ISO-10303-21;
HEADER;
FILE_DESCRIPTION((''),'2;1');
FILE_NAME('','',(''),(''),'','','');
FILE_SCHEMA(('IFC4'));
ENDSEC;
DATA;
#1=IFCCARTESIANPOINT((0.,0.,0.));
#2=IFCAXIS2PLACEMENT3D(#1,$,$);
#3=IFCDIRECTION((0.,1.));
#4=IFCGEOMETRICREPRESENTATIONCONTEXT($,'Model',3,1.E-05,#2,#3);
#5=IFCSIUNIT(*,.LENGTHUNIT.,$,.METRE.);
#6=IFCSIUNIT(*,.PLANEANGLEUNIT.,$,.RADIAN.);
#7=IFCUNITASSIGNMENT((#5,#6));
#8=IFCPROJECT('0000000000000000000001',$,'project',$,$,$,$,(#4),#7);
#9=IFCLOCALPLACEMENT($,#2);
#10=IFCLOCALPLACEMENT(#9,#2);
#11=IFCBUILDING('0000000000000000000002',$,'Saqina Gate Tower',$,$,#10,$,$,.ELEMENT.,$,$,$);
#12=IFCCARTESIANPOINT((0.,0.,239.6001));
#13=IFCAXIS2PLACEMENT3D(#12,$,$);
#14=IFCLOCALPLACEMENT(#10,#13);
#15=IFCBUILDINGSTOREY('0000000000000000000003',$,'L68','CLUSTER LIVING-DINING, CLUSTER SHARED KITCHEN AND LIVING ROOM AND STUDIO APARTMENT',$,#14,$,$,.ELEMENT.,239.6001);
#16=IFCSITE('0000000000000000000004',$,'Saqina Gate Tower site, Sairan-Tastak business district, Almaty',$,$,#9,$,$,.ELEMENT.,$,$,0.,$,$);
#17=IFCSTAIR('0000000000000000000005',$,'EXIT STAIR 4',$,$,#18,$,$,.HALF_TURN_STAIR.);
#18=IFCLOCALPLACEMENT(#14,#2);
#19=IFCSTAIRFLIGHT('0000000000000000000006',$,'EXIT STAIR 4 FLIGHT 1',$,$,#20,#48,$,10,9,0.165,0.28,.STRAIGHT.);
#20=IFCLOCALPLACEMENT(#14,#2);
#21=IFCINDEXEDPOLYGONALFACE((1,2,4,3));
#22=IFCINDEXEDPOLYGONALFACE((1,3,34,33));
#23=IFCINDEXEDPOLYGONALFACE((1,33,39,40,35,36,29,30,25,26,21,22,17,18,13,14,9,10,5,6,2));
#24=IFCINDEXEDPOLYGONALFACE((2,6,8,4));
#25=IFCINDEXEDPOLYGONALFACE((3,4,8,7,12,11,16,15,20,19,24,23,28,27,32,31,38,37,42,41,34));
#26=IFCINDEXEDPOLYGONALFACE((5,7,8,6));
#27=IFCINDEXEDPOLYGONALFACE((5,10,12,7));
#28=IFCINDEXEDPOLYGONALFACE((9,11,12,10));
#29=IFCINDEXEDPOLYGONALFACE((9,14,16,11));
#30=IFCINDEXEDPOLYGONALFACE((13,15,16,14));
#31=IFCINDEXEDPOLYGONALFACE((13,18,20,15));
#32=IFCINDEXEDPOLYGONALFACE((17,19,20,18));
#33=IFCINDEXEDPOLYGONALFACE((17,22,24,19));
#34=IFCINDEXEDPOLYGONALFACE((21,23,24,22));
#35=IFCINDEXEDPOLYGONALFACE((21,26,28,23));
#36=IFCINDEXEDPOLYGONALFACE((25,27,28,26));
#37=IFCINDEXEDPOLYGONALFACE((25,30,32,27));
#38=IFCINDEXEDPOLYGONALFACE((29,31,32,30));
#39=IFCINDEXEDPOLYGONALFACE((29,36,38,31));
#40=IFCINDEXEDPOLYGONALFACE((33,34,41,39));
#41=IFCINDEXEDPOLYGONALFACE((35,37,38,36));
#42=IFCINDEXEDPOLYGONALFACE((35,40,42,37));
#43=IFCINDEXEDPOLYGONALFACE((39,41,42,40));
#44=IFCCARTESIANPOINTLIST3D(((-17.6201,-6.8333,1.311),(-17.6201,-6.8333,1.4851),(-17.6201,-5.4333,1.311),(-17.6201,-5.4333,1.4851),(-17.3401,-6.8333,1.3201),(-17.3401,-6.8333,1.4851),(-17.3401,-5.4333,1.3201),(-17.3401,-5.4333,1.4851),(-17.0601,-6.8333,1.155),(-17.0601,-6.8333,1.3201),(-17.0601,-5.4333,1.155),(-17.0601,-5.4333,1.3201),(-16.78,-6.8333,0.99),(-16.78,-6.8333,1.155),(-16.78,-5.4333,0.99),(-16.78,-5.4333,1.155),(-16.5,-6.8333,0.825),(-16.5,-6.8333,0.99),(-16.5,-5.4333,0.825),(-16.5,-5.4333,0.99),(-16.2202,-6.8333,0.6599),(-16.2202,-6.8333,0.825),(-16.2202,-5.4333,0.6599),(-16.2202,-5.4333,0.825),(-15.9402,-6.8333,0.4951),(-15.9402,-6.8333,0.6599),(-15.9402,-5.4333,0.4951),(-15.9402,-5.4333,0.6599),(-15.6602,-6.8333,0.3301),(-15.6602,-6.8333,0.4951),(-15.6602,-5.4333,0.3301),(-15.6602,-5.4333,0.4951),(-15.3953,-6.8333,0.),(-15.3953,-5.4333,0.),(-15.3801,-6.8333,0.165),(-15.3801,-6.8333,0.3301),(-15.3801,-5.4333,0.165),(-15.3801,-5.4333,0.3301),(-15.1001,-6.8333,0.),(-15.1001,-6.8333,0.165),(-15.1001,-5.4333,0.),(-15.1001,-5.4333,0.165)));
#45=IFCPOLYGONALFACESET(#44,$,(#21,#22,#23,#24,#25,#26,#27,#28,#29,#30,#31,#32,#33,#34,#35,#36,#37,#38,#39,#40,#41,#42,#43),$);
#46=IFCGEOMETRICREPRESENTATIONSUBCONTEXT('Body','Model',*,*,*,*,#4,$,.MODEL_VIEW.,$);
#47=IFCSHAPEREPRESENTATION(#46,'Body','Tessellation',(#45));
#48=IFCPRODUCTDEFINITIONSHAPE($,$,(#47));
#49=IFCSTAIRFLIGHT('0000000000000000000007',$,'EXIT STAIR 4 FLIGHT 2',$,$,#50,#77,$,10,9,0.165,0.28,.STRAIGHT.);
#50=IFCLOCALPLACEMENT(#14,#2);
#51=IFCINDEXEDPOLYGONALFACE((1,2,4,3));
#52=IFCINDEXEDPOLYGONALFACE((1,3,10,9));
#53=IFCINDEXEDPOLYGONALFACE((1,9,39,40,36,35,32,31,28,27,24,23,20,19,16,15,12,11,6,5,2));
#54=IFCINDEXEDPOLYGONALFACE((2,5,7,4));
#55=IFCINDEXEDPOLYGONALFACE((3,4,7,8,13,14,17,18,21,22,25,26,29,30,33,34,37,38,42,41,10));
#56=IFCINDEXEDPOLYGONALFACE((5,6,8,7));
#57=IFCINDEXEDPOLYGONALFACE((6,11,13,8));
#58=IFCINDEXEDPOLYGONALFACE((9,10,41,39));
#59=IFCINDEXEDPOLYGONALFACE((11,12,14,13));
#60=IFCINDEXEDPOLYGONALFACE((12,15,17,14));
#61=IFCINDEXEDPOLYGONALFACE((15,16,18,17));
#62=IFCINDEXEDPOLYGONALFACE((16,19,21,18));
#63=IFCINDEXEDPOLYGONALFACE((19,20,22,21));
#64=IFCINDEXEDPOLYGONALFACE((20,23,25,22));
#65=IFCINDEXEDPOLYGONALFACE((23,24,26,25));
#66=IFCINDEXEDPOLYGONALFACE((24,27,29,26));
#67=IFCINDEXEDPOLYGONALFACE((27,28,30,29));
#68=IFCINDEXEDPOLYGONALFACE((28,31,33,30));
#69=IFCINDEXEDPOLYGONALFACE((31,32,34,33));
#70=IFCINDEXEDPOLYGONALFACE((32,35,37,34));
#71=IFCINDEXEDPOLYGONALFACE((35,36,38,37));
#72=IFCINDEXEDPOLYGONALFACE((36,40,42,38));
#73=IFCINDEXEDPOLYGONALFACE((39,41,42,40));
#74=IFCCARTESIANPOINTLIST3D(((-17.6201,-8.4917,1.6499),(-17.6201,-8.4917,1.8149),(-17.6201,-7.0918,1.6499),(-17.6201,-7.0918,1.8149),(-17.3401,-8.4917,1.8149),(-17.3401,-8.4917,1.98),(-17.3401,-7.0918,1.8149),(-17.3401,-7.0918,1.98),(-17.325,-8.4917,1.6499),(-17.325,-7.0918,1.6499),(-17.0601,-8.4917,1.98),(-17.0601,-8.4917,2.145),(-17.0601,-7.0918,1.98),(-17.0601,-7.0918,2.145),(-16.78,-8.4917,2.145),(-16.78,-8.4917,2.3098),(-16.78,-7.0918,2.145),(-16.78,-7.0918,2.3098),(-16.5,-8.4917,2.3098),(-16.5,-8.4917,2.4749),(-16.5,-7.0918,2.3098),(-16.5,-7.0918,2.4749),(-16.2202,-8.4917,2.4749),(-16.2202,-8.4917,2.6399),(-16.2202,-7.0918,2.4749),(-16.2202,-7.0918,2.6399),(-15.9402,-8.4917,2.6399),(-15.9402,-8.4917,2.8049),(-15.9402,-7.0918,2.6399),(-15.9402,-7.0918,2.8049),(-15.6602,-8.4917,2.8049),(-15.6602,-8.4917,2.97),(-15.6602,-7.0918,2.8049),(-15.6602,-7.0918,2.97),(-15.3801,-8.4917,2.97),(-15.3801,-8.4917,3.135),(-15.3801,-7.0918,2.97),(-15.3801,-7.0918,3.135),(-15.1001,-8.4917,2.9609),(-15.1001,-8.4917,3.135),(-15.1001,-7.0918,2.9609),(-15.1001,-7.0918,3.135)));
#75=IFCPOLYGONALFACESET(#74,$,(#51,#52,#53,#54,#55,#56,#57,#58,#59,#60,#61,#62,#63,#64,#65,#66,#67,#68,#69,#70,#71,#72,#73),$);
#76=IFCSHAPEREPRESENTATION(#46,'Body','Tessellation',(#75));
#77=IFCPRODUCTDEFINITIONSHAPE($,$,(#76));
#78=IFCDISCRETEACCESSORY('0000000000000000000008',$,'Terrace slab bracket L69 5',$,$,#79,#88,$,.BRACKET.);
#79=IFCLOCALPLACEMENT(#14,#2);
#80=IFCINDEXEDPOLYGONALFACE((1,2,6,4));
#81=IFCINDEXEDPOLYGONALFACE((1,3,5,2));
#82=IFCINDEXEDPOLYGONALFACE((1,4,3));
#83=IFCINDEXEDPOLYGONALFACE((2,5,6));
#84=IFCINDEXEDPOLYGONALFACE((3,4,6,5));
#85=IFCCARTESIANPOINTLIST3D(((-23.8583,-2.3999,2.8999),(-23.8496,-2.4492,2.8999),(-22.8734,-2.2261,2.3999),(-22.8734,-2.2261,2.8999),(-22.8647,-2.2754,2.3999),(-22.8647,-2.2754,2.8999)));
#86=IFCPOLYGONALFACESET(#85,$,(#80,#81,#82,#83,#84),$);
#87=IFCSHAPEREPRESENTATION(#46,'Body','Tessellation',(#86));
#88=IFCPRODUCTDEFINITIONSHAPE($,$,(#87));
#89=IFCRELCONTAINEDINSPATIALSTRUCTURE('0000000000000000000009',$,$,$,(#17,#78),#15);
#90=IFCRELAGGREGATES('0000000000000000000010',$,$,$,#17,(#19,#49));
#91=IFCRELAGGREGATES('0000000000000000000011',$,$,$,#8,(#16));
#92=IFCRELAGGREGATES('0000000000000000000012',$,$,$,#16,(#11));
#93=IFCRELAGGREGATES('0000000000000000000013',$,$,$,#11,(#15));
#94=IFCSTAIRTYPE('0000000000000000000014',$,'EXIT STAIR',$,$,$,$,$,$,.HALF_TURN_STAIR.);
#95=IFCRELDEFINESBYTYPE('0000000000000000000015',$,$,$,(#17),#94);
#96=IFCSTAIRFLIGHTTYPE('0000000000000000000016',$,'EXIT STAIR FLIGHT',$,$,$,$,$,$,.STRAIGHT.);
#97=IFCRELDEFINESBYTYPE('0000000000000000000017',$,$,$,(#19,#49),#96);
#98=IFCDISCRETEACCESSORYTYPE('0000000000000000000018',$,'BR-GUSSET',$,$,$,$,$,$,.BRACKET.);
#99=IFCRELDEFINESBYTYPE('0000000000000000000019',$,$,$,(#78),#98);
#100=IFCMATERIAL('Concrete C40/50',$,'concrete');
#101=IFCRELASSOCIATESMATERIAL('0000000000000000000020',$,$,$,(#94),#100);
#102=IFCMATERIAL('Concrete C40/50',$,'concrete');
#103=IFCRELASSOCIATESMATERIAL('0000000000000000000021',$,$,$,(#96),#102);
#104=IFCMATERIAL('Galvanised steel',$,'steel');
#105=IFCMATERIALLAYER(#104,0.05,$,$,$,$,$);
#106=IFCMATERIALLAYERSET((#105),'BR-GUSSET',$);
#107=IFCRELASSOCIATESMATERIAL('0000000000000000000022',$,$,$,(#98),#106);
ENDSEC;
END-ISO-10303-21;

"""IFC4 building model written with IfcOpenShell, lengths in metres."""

from ifc_helpers import new_model, si_unit, direction, frame, origin, place, context, subcontext, project, spatial, polyline, outline, extrude, material, layer, layer_set, type_object, element, aggregate, save


model = new_model("IFC4")

# Units and contexts
model_context = context("Model", 3, precision=1e-05, world=origin(), true_north=direction((0.0, 1.0)))
body_context = subcontext(model_context, "Body", "Model", "MODEL_VIEW")
ifc_project = project(units=[si_unit("LENGTHUNIT", "METRE"), si_unit("PLANEANGLEUNIT", "RADIAN")], contexts=[model_context])

# Site, building, storey
site_placement = place(None, origin())
site = spatial("IfcSite", under=ifc_project, at=site_placement, Name="Saqina Gate Tower site, Sairan-Tastak business district, Almaty", CompositionType="ELEMENT", RefElevation=0.0)
building_placement = place(site_placement, origin())
building = spatial("IfcBuilding", under=site, at=building_placement, Name="Saqina Gate Tower", CompositionType="ELEMENT")
storey_placement = place(building_placement, frame((0.0, 0.0, 239.6001)))
storey = spatial("IfcBuildingStorey", under=building, at=storey_placement, Name="L68", Description="CLUSTER LIVING-DINING, CLUSTER SHARED KITCHEN AND LIVING ROOM AND STUDIO APARTMENT", CompositionType="ELEMENT", Elevation=239.6001)

# Stair, stair flights
ifc_material_1 = material(Name="Concrete C40/50", Category="concrete")
stair_type = type_object("IfcStairType", Name="EXIT STAIR", PredefinedType="HALF_TURN_STAIR", material=ifc_material_1)
stair_placement = place(storey_placement, origin())
stair = element("IfcStair", 1, at=stair_placement, inside=storey, type_object=stair_type, Name="EXIT STAIR 4", PredefinedType="HALF_TURN_STAIR")
ifc_material_2 = material(Name="Concrete C40/50", Category="concrete")
stair_flight_type = type_object("IfcStairFlightType", Name="EXIT STAIR FLIGHT", PredefinedType="STRAIGHT", material=ifc_material_2)
stair_flight_1_placement = place(storey_placement, frame((-15.1001, -6.1333, 0.0), z_axis=(0.0, 0.0, 1.0), x_axis=(-1.0, 0.0, 0.0)))
stair_flight_1 = element("IfcStairFlight", 2, at=stair_flight_1_placement, type_object=stair_flight_type, Name="EXIT STAIR 4 FLIGHT 1", NumberOfRisers=10, NumberOfTreads=9, PredefinedType="STRAIGHT", RiserHeight=0.165, TreadLength=0.28, context=body_context, shape_type="SweptSolid", body=[
    extrude(outline(polyline([(0.0, 0.0), (0.0, 0.165), (0.28, 0.165), (0.28, 0.3301), (0.5601, 0.3301), (0.5601, 0.4951), (0.8401, 0.4951), (0.8401, 0.6599), (1.1201, 0.6599), (1.1201, 0.825), (1.3999, 0.825), (1.3999, 0.99), (1.6799, 0.99), (1.6799, 1.155), (1.96, 1.155), (1.96, 1.3201), (2.24, 1.3201), (2.24, 1.4851), (2.52, 1.4851), (2.52, 1.6499), (2.52, 1.311), (0.2952, 0.0), (0.0, 0.0)])), frame((0.0, 0.7, 0.0), z_axis=(0.0, -1.0, 0.0), x_axis=(1.0, 0.0, 0.0)), (0.0, 0.0, 1.0), 1.3999),
])
stair_flight_2_placement = place(storey_placement, frame((-17.6201, -7.7917, 1.6499), z_axis=(0.0, 0.0, 1.0), x_axis=(1.0, 0.0, 0.0)))
stair_flight_2 = element("IfcStairFlight", 3, at=stair_flight_2_placement, type_object=stair_flight_type, Name="EXIT STAIR 4 FLIGHT 2", NumberOfRisers=10, NumberOfTreads=9, PredefinedType="STRAIGHT", RiserHeight=0.165, TreadLength=0.28, context=body_context, shape_type="SweptSolid", body=[
    extrude(outline(polyline([(0.0, 0.0), (0.0, 0.165), (0.28, 0.165), (0.28, 0.3301), (0.5601, 0.3301), (0.5601, 0.4951), (0.8401, 0.4951), (0.8401, 0.6599), (1.1201, 0.6599), (1.1201, 0.825), (1.3999, 0.825), (1.3999, 0.99), (1.6799, 0.99), (1.6799, 1.155), (1.96, 1.155), (1.96, 1.3201), (2.24, 1.3201), (2.24, 1.4851), (2.52, 1.4851), (2.52, 1.6499), (2.52, 1.311), (0.2952, 0.0), (0.0, 0.0)])), frame((0.0, 0.7, 0.0), z_axis=(0.0, -1.0, 0.0), x_axis=(1.0, 0.0, 0.0)), (0.0, 0.0, 1.0), 1.3999),
])
aggregate(stair, [stair_flight_1, stair_flight_2])

# Discrete accessory
ifc_material_3 = material(Name="Galvanised steel", Category="steel")
ifc_layer_1 = layer(ifc_material_3, 0.05)
ifc_layer_set_1 = layer_set([ifc_layer_1], Name="BR-GUSSET")
discrete_accessory_type = type_object("IfcDiscreteAccessoryType", Name="BR-GUSSET", PredefinedType="BRACKET", material=ifc_layer_set_1)
discrete_accessory_placement = place(storey_placement, frame((-22.8647, -2.2754, 2.3999), z_axis=(0.173813, -0.984779, 0.0), x_axis=(0.0, 0.0, 1.0)))
element("IfcDiscreteAccessory", 4, at=discrete_accessory_placement, inside=storey, type_object=discrete_accessory_type, Name="Terrace slab bracket L69 5", PredefinedType="BRACKET", context=body_context, shape_type="SweptSolid", body=[
    extrude(outline(polyline([(0.0, 0.0), (0.5, 0.0), (0.5, 1.0001), (0.0, 0.0)])), origin(), (0.0, 0.0, -1.0), 0.05),
])

save(model, "model.ifc")
